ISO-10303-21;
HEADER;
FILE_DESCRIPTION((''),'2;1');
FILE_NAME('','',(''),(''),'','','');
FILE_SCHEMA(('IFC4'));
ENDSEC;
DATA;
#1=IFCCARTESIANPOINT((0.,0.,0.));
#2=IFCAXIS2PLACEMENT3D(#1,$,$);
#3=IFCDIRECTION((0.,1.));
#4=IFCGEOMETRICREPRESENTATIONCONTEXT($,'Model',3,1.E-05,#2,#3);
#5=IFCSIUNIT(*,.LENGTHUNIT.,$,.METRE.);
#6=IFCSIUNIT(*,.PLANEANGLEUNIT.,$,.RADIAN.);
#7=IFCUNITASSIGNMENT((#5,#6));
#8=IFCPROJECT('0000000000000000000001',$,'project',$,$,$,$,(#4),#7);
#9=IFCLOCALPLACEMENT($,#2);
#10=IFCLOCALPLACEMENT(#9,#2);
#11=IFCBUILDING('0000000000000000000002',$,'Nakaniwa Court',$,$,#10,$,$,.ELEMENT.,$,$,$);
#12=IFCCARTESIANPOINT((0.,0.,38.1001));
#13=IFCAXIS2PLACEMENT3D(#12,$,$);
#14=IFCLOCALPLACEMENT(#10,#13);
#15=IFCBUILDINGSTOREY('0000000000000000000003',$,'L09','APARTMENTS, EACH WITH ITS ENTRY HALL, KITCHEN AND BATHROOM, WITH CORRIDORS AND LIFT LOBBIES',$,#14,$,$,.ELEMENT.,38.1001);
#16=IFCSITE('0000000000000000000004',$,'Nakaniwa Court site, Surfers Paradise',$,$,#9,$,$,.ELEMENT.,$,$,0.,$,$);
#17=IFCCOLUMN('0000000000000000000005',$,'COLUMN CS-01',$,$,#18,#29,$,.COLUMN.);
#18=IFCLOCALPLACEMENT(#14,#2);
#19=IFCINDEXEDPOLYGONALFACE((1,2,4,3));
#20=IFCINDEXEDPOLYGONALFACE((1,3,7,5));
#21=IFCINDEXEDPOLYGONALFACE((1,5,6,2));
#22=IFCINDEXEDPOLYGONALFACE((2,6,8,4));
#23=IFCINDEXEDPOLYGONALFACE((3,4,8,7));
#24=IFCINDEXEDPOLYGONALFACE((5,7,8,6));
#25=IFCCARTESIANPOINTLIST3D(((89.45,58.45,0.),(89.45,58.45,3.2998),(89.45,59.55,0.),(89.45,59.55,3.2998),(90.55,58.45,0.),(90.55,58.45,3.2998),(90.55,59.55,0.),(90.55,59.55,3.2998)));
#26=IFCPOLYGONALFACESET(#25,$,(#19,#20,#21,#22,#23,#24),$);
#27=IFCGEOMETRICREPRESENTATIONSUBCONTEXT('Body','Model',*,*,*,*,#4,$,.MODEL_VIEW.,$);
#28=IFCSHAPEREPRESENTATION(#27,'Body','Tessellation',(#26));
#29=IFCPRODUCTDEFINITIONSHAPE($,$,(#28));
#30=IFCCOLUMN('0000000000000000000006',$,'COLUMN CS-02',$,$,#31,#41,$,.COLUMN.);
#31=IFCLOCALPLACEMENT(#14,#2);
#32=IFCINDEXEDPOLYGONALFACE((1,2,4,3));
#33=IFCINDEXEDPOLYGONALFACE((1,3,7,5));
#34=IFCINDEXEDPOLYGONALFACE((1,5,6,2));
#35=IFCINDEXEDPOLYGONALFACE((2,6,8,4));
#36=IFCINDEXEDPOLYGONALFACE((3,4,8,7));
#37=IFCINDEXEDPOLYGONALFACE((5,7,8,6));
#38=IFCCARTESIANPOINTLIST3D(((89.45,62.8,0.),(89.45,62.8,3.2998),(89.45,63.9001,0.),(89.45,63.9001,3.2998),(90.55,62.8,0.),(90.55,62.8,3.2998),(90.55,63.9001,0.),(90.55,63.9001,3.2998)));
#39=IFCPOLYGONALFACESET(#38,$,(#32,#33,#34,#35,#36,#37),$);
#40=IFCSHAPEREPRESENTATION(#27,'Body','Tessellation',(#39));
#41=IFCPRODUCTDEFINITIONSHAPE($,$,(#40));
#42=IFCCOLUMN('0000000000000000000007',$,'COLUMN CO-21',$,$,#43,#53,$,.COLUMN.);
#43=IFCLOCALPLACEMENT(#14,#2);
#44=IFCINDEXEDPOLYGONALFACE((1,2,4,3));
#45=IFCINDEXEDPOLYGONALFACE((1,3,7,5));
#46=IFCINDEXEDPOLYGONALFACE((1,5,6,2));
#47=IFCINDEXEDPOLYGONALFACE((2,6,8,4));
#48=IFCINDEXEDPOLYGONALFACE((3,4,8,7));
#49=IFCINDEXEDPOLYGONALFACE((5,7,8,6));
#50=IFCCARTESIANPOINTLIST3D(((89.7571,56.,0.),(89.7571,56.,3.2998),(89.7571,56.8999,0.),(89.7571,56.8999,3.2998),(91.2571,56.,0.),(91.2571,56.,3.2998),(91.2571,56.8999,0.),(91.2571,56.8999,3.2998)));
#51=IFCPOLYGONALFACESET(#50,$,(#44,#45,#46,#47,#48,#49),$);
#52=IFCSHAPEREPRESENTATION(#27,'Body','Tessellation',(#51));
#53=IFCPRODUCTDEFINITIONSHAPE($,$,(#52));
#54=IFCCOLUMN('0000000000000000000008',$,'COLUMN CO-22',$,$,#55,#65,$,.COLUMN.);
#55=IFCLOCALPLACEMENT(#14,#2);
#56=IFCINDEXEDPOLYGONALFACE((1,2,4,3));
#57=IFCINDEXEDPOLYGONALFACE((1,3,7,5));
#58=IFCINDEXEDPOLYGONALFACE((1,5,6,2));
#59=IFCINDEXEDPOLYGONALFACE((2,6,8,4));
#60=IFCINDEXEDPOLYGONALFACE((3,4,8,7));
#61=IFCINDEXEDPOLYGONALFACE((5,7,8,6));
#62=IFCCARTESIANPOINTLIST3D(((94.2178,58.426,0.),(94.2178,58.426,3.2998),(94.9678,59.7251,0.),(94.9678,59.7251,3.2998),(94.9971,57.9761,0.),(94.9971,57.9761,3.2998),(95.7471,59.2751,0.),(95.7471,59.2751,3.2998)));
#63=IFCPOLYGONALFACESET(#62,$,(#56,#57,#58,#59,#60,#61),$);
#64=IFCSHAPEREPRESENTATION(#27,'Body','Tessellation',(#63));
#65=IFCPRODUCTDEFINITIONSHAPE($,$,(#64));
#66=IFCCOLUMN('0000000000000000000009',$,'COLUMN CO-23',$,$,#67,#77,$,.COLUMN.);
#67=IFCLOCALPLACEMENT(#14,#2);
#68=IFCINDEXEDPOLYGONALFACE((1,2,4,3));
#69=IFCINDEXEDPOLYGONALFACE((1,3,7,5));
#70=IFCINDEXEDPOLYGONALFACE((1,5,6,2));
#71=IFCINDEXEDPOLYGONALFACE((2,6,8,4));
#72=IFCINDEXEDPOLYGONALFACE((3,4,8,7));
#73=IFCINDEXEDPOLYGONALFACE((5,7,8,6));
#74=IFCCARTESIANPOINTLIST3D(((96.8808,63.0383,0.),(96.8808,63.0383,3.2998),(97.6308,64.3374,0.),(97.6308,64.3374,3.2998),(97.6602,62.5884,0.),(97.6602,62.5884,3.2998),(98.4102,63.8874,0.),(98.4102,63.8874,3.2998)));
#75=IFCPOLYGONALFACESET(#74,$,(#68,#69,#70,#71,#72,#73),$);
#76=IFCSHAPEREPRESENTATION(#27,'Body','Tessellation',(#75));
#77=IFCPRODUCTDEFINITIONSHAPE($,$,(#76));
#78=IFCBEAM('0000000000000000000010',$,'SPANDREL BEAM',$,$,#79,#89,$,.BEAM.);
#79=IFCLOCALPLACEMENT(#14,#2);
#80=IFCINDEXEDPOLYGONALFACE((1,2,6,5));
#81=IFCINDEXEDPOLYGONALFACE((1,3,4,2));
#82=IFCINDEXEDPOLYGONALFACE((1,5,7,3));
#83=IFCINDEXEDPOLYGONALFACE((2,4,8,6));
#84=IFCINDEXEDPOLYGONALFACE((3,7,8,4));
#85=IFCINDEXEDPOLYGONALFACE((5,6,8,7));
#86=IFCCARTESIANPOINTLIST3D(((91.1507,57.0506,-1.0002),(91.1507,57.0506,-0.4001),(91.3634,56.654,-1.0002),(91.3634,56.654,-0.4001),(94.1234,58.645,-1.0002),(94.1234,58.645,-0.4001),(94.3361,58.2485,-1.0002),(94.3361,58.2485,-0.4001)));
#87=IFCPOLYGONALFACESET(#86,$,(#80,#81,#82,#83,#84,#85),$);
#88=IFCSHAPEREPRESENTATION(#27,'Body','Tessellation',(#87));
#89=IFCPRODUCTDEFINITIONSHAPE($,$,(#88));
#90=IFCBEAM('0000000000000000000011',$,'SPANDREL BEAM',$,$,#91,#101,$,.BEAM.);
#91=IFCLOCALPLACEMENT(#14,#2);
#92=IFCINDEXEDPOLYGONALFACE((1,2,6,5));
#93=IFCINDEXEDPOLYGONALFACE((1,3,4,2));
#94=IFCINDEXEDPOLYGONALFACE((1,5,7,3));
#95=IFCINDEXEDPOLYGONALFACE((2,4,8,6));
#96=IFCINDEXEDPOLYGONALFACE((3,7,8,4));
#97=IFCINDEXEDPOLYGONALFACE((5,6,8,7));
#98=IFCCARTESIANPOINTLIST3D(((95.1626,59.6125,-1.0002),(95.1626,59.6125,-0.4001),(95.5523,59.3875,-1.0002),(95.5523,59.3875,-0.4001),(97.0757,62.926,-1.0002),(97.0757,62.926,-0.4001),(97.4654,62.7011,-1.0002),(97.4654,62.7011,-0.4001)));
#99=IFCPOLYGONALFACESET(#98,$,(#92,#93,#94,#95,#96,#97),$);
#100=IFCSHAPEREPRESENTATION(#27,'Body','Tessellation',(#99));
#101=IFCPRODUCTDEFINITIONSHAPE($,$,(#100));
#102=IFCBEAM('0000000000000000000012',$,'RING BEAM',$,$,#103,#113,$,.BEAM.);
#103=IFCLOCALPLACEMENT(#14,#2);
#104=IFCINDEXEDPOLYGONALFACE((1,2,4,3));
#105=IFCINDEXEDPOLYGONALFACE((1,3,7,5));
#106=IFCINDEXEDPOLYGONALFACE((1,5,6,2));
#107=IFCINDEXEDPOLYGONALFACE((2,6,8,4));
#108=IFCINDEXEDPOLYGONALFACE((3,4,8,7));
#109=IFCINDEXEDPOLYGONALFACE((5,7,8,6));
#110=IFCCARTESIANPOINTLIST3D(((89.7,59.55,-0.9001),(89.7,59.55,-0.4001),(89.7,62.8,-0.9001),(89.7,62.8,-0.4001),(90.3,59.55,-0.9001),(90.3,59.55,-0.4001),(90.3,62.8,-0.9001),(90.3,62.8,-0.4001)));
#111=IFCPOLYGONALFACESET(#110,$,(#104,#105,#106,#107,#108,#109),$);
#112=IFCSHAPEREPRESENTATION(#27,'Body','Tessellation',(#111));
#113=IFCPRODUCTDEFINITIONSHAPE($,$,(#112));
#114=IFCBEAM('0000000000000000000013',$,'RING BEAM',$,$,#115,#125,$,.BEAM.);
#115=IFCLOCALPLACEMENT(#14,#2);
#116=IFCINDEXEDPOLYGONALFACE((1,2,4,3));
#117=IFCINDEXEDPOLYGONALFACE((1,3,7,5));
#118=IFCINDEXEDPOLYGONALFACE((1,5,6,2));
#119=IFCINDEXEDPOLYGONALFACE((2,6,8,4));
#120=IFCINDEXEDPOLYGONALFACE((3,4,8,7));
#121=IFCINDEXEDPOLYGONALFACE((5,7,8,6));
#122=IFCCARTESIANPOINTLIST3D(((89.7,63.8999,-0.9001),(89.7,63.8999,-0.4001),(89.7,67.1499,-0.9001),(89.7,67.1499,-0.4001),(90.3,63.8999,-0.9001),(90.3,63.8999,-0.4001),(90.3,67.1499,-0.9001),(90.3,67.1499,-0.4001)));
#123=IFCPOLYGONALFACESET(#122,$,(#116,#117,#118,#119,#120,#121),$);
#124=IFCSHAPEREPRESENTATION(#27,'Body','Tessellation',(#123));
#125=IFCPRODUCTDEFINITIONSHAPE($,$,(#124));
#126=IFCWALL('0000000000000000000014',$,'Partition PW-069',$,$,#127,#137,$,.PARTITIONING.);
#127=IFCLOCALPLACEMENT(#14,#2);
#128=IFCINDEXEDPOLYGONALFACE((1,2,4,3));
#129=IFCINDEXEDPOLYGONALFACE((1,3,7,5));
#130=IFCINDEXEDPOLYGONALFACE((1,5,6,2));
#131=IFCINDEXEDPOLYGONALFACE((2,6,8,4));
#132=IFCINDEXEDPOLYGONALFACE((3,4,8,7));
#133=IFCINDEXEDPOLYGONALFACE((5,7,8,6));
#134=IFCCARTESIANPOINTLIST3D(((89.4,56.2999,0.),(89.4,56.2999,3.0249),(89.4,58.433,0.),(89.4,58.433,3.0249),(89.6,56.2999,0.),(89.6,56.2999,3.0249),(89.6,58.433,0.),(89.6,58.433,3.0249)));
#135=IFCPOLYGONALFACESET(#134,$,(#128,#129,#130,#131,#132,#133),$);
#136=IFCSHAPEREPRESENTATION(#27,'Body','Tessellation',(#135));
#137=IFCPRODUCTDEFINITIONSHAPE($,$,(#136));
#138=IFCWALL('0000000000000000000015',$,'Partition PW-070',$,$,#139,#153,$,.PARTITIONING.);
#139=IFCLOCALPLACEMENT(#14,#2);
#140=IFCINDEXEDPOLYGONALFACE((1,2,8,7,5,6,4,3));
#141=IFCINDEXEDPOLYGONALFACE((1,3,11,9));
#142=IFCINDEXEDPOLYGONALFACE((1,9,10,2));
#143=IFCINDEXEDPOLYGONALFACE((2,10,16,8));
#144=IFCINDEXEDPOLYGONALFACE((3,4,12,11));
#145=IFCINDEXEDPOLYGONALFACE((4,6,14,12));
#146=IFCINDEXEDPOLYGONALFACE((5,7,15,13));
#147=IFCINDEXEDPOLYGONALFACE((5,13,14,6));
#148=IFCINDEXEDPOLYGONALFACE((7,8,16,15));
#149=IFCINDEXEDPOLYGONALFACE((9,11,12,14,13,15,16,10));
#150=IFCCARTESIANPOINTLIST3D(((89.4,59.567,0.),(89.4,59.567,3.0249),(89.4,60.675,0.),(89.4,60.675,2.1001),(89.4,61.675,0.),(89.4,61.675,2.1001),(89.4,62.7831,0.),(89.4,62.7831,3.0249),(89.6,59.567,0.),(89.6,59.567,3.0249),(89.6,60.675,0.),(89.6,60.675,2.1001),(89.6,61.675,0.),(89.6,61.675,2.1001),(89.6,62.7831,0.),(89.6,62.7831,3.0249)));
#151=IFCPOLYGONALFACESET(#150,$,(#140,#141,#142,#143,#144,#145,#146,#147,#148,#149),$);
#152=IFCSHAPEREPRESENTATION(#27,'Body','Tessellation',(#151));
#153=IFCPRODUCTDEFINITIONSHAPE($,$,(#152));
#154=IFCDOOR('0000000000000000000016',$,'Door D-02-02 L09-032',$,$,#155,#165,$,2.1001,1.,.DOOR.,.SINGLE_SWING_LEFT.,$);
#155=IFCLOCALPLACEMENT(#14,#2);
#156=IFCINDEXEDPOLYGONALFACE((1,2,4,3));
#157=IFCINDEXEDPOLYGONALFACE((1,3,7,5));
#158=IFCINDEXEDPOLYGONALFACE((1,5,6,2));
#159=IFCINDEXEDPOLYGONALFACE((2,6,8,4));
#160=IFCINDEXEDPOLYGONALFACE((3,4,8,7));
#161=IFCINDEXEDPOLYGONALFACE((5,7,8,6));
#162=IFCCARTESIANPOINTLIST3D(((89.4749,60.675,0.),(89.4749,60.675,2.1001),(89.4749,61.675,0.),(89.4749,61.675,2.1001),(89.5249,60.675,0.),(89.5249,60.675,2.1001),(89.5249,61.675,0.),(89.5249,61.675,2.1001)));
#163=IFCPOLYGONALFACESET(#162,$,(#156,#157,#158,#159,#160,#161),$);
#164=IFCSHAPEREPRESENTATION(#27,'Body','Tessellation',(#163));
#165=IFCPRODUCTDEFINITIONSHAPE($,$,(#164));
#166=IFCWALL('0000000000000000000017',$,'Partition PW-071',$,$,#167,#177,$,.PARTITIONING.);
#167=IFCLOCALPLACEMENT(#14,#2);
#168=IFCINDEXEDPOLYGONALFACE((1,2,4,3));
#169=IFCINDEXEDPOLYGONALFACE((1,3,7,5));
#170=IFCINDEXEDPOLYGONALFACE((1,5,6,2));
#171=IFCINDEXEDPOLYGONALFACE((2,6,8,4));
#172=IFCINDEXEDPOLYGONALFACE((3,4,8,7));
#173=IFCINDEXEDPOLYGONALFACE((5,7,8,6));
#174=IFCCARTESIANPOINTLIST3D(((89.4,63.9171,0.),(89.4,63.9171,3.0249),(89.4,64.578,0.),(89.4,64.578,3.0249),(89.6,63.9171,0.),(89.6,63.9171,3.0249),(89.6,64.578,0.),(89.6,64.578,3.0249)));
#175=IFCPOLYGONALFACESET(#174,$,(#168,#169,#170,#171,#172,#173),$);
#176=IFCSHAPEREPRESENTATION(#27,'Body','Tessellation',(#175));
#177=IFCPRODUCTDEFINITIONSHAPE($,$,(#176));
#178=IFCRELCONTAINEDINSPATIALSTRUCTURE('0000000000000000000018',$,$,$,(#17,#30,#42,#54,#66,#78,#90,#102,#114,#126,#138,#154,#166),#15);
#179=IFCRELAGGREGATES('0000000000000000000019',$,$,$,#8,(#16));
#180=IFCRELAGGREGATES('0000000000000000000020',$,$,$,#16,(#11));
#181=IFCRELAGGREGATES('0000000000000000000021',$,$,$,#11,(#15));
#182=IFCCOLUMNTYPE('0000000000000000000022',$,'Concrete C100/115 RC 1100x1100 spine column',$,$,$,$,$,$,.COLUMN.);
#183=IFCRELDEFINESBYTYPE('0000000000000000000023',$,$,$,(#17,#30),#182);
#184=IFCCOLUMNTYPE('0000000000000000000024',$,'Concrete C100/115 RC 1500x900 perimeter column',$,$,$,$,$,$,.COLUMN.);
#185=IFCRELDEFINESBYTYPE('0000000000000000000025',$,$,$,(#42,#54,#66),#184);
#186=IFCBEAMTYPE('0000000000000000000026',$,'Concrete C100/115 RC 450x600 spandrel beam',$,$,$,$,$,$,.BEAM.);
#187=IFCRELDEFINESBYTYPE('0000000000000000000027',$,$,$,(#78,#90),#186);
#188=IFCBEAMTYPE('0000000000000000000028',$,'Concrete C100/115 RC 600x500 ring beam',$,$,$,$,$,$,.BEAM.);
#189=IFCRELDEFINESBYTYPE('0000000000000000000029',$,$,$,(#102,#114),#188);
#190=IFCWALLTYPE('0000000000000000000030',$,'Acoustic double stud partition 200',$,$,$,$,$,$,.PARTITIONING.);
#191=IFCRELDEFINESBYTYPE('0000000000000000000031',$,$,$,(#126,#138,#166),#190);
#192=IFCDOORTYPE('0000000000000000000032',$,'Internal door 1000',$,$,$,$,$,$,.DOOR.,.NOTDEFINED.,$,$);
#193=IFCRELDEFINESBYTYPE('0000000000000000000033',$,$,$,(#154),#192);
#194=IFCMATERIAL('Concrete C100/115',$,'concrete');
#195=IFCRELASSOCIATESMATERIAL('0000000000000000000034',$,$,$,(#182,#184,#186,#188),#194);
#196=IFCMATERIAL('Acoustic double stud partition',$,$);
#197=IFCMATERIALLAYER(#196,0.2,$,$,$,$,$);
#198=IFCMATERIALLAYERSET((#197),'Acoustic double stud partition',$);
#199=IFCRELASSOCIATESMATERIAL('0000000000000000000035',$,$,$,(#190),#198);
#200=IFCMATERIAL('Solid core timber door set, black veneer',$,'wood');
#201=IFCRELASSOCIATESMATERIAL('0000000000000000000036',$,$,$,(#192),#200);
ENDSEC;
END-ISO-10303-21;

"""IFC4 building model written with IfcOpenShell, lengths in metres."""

from ifc_helpers import new_model, si_unit, direction, frame, frame_2d, origin, origin_2d, place, context, subcontext, project, spatial, rectangle, extrude, material, layer, layer_set, material_profile, profile_set, type_object, element, fill, save


model = new_model("IFC4")

# Units and contexts
model_context = context("Model", 3, precision=1e-05, world=origin(), true_north=direction((0.0, 1.0)))
body_context = subcontext(model_context, "Body", "Model", "MODEL_VIEW")
ifc_project = project(units=[si_unit("LENGTHUNIT", "METRE"), si_unit("PLANEANGLEUNIT", "RADIAN")], contexts=[model_context])

# Site, building, storey
site_placement = place(None, origin())
site = spatial("IfcSite", under=ifc_project, at=site_placement, Name="Nakaniwa Court site, Surfers Paradise", CompositionType="ELEMENT", RefElevation=0.0)
building_placement = place(site_placement, origin())
building = spatial("IfcBuilding", under=site, at=building_placement, Name="Nakaniwa Court", CompositionType="ELEMENT")
storey_placement = place(building_placement, frame((0.0, 0.0, 38.1001)))
storey = spatial("IfcBuildingStorey", under=building, at=storey_placement, Name="L09", Description="APARTMENTS, EACH WITH ITS ENTRY HALL, KITCHEN AND BATHROOM, WITH CORRIDORS AND LIFT LOBBIES", CompositionType="ELEMENT", Elevation=38.1001)

# Columns
ifc_material_1 = material(Name="Concrete C100/115", Category="concrete")
ifc_material_profile_1 = material_profile(ifc_material_1, rectangle(XDim=1.1001, YDim=1.1001, at=origin_2d()), Name="Concrete C100/115 RC 1100x1100 spine column")
ifc_profile_set_1 = profile_set([ifc_material_profile_1], Name="Concrete C100/115")
column_type_1 = type_object("IfcColumnType", Name="Concrete C100/115 RC 1100x1100 spine column", PredefinedType="COLUMN", material=ifc_profile_set_1)
for number, where, z_axis, x_axis, name in (
    (1, (90.0, 59.0, 0.0), (0.0, 0.0, 1.0), (0.0, 1.0, 0.0), "COLUMN CS-01"),
    (2, (90.0, 63.3501, 0.0), (0.0, 0.0, 1.0), (0.0, 1.0, 0.0), "COLUMN CS-02"),
):
    element("IfcColumn", number, at=place(storey_placement, frame(where, z_axis=z_axis, x_axis=x_axis)), inside=storey, type_object=column_type_1, Name=name, PredefinedType="COLUMN", context=body_context, shape_type="SweptSolid", body=[
        extrude(rectangle(XDim=1.1001, YDim=1.1001, at=origin_2d()), origin(), (0.0, 0.0, 1.0), 3.2998),
    ])
ifc_material_profile_2 = material_profile(ifc_material_1, rectangle(XDim=1.5, YDim=0.8999, at=origin_2d()), Name="Concrete C100/115 RC 1500x900 perimeter column")
ifc_profile_set_2 = profile_set([ifc_material_profile_2], Name="Concrete C100/115")
column_type_2 = type_object("IfcColumnType", Name="Concrete C100/115 RC 1500x900 perimeter column", PredefinedType="COLUMN", material=ifc_profile_set_2)
for number, where, z_axis, x_axis, name in (
    (3, (90.5071, 56.45, 0.0), (0.0, 0.0, 1.0), (1.0, 0.0, 0.0), "COLUMN CO-21"),
    (4, (94.9824, 58.8506, 0.0), (0.0, 0.0, 1.0), (0.5, 0.866025, 0.0), "COLUMN CO-22"),
    (5, (97.6455, 63.4629, 0.0), (0.0, 0.0, 1.0), (0.5, 0.866025, 0.0), "COLUMN CO-23"),
):
    element("IfcColumn", number, at=place(storey_placement, frame(where, z_axis=z_axis, x_axis=x_axis)), inside=storey, type_object=column_type_2, Name=name, PredefinedType="COLUMN", context=body_context, shape_type="SweptSolid", body=[
        extrude(rectangle(XDim=1.5, YDim=0.8999, at=origin_2d()), origin(), (0.0, 0.0, 1.0), 3.2998),
    ])

# Beams
ifc_material_profile_3 = material_profile(ifc_material_1, rectangle(XDim=0.45, YDim=0.6001, at=origin_2d()), Name="Concrete C100/115 RC 450x600 spandrel beam")
ifc_profile_set_3 = profile_set([ifc_material_profile_3], Name="Concrete C100/115")
beam_type_1 = type_object("IfcBeamType", Name="Concrete C100/115 RC 450x600 spandrel beam", PredefinedType="BEAM", material=ifc_profile_set_3)
beam_1_placement = place(storey_placement, frame((91.2571, 56.8523, -0.7002), z_axis=(0.881235, 0.472679, 0.0), x_axis=(-0.472679, 0.881235, 0.0)))
element("IfcBeam", 6, at=beam_1_placement, inside=storey, type_object=beam_type_1, Name="SPANDREL BEAM", PredefinedType="BEAM", context=body_context, shape_type="SweptSolid", body=[
    extrude(rectangle(XDim=0.45, YDim=0.6001, at=origin_2d()), origin(), (0.0, 0.0, 1.0), 3.3733),
])
beam_2_placement = place(storey_placement, frame((95.3574, 59.5, -0.7002), z_axis=(0.50001, 0.86602, 0.0), x_axis=(-0.86602, 0.50001, 0.0)))
element("IfcBeam", 7, at=beam_2_placement, inside=storey, type_object=beam_type_1, Name="SPANDREL BEAM", PredefinedType="BEAM", context=body_context, shape_type="SweptSolid", body=[
    extrude(rectangle(XDim=0.45, YDim=0.6001, at=origin_2d()), origin(), (0.0, 0.0, 1.0), 3.8262),
])
ifc_material_profile_4 = material_profile(ifc_material_1, rectangle(XDim=0.6001, YDim=0.5, at=origin_2d()), Name="Concrete C100/115 RC 600x500 ring beam")
ifc_profile_set_4 = profile_set([ifc_material_profile_4], Name="Concrete C100/115")
beam_type_2 = type_object("IfcBeamType", Name="Concrete C100/115 RC 600x500 ring beam", PredefinedType="BEAM", material=ifc_profile_set_4)
for number, where, z_axis, x_axis, name in (
    (8, (90.0, 59.55, -0.6501), (0.0, 1.0, 0.0), (-1.0, 0.0, 0.0), "RING BEAM"),
    (9, (90.0, 63.8999, -0.6501), (0.0, 1.0, 0.0), (-1.0, 0.0, 0.0), "RING BEAM"),
):
    element("IfcBeam", number, at=place(storey_placement, frame(where, z_axis=z_axis, x_axis=x_axis)), inside=storey, type_object=beam_type_2, Name=name, PredefinedType="BEAM", context=body_context, shape_type="SweptSolid", body=[
        extrude(rectangle(XDim=0.6001, YDim=0.5, at=origin_2d()), origin(), (0.0, 0.0, 1.0), 3.25),
    ])

# Wall
ifc_material_2 = material(Name="Acoustic double stud partition")
ifc_layer_1 = layer(ifc_material_2, 0.2)
ifc_layer_set_1 = layer_set([ifc_layer_1], Name="Acoustic double stud partition")
wall_type_1 = type_object("IfcWallType", Name="Acoustic double stud partition 200", PredefinedType="PARTITIONING", material=ifc_layer_set_1)
wall_1_placement = place(storey_placement, frame((89.5, 56.3, 0.0), z_axis=(0.0, 0.0, 1.0), x_axis=(0.0, 1.0, 0.0)))
element("IfcWall", 10, at=wall_1_placement, inside=storey, type_object=wall_type_1, Name="Partition PW-069", PredefinedType="PARTITIONING", context=body_context, shape_type="SweptSolid", body=[
    extrude(rectangle(XDim=2.1331, YDim=0.2, at=frame_2d((1.0664, 0.0))), origin(), (0.0, 0.0, 1.0), 3.0249),
])

# Wall, opening, door
wall_2_placement = place(storey_placement, frame((89.5, 62.783, 0.0), z_axis=(0.0, 0.0, 1.0), x_axis=(0.0, -1.0, 0.0)))
wall_2 = element("IfcWall", 11, at=wall_2_placement, inside=storey, type_object=wall_type_1, Name="Partition PW-070", PredefinedType="PARTITIONING", context=body_context, shape_type="SweptSolid", body=[
    extrude(rectangle(XDim=3.2161, YDim=0.2, at=frame_2d((1.6079, 0.0))), origin(), (0.0, 0.0, 1.0), 3.0249),
])
opening_1_placement = place(wall_2_placement, frame((1.1079, 0.0, 0.0)))
opening_1 = element("IfcOpeningElement", 12, at=opening_1_placement, cuts=wall_2, PredefinedType="OPENING", context=body_context, shape_type="SweptSolid", body=[
    extrude(rectangle(XDim=1.0, YDim=2.1001, at=frame_2d((0.5, 1.05))), frame((0.0, 0.1099, 0.0), z_axis=(0.0, -1.0, 0.0), x_axis=(1.0, 0.0, 0.0)), (0.0, 0.0, 1.0), 0.22),
])
ifc_material_3 = material(Name="Solid core timber door set, black veneer", Category="wood")
door_type = type_object("IfcDoorType", Name="Internal door 1000", OperationType="NOTDEFINED", PredefinedType="DOOR", material=ifc_material_3)
door_placement = place(opening_1_placement, origin())
door = element("IfcDoor", 13, at=door_placement, inside=storey, type_object=door_type, Name="Door D-02-02 L09-032", OperationType="SINGLE_SWING_LEFT", OverallHeight=2.1001, OverallWidth=1.0, PredefinedType="DOOR", context=body_context, shape_type="SweptSolid", body=[
    extrude(rectangle(XDim=1.0, YDim=2.1001, at=frame_2d((0.5, 1.05))), frame((0.0, 0.0249, 0.0), z_axis=(0.0, -1.0, 0.0), x_axis=(1.0, 0.0, 0.0)), (0.0, 0.0, 1.0), 0.05),
])
fill(opening_1, door)

# Wall
wall_3_placement = place(storey_placement, frame((89.5, 63.917, 0.0), z_axis=(0.0, 0.0, 1.0), x_axis=(0.0, 1.0, 0.0)))
element("IfcWall", 14, at=wall_3_placement, inside=storey, type_object=wall_type_1, Name="Partition PW-071", PredefinedType="PARTITIONING", context=body_context, shape_type="SweptSolid", body=[
    extrude(rectangle(XDim=0.6609, YDim=0.2, at=frame_2d((0.3306, 0.0))), origin(), (0.0, 0.0, 1.0), 3.0249),
])

save(model, "model.ifc")
